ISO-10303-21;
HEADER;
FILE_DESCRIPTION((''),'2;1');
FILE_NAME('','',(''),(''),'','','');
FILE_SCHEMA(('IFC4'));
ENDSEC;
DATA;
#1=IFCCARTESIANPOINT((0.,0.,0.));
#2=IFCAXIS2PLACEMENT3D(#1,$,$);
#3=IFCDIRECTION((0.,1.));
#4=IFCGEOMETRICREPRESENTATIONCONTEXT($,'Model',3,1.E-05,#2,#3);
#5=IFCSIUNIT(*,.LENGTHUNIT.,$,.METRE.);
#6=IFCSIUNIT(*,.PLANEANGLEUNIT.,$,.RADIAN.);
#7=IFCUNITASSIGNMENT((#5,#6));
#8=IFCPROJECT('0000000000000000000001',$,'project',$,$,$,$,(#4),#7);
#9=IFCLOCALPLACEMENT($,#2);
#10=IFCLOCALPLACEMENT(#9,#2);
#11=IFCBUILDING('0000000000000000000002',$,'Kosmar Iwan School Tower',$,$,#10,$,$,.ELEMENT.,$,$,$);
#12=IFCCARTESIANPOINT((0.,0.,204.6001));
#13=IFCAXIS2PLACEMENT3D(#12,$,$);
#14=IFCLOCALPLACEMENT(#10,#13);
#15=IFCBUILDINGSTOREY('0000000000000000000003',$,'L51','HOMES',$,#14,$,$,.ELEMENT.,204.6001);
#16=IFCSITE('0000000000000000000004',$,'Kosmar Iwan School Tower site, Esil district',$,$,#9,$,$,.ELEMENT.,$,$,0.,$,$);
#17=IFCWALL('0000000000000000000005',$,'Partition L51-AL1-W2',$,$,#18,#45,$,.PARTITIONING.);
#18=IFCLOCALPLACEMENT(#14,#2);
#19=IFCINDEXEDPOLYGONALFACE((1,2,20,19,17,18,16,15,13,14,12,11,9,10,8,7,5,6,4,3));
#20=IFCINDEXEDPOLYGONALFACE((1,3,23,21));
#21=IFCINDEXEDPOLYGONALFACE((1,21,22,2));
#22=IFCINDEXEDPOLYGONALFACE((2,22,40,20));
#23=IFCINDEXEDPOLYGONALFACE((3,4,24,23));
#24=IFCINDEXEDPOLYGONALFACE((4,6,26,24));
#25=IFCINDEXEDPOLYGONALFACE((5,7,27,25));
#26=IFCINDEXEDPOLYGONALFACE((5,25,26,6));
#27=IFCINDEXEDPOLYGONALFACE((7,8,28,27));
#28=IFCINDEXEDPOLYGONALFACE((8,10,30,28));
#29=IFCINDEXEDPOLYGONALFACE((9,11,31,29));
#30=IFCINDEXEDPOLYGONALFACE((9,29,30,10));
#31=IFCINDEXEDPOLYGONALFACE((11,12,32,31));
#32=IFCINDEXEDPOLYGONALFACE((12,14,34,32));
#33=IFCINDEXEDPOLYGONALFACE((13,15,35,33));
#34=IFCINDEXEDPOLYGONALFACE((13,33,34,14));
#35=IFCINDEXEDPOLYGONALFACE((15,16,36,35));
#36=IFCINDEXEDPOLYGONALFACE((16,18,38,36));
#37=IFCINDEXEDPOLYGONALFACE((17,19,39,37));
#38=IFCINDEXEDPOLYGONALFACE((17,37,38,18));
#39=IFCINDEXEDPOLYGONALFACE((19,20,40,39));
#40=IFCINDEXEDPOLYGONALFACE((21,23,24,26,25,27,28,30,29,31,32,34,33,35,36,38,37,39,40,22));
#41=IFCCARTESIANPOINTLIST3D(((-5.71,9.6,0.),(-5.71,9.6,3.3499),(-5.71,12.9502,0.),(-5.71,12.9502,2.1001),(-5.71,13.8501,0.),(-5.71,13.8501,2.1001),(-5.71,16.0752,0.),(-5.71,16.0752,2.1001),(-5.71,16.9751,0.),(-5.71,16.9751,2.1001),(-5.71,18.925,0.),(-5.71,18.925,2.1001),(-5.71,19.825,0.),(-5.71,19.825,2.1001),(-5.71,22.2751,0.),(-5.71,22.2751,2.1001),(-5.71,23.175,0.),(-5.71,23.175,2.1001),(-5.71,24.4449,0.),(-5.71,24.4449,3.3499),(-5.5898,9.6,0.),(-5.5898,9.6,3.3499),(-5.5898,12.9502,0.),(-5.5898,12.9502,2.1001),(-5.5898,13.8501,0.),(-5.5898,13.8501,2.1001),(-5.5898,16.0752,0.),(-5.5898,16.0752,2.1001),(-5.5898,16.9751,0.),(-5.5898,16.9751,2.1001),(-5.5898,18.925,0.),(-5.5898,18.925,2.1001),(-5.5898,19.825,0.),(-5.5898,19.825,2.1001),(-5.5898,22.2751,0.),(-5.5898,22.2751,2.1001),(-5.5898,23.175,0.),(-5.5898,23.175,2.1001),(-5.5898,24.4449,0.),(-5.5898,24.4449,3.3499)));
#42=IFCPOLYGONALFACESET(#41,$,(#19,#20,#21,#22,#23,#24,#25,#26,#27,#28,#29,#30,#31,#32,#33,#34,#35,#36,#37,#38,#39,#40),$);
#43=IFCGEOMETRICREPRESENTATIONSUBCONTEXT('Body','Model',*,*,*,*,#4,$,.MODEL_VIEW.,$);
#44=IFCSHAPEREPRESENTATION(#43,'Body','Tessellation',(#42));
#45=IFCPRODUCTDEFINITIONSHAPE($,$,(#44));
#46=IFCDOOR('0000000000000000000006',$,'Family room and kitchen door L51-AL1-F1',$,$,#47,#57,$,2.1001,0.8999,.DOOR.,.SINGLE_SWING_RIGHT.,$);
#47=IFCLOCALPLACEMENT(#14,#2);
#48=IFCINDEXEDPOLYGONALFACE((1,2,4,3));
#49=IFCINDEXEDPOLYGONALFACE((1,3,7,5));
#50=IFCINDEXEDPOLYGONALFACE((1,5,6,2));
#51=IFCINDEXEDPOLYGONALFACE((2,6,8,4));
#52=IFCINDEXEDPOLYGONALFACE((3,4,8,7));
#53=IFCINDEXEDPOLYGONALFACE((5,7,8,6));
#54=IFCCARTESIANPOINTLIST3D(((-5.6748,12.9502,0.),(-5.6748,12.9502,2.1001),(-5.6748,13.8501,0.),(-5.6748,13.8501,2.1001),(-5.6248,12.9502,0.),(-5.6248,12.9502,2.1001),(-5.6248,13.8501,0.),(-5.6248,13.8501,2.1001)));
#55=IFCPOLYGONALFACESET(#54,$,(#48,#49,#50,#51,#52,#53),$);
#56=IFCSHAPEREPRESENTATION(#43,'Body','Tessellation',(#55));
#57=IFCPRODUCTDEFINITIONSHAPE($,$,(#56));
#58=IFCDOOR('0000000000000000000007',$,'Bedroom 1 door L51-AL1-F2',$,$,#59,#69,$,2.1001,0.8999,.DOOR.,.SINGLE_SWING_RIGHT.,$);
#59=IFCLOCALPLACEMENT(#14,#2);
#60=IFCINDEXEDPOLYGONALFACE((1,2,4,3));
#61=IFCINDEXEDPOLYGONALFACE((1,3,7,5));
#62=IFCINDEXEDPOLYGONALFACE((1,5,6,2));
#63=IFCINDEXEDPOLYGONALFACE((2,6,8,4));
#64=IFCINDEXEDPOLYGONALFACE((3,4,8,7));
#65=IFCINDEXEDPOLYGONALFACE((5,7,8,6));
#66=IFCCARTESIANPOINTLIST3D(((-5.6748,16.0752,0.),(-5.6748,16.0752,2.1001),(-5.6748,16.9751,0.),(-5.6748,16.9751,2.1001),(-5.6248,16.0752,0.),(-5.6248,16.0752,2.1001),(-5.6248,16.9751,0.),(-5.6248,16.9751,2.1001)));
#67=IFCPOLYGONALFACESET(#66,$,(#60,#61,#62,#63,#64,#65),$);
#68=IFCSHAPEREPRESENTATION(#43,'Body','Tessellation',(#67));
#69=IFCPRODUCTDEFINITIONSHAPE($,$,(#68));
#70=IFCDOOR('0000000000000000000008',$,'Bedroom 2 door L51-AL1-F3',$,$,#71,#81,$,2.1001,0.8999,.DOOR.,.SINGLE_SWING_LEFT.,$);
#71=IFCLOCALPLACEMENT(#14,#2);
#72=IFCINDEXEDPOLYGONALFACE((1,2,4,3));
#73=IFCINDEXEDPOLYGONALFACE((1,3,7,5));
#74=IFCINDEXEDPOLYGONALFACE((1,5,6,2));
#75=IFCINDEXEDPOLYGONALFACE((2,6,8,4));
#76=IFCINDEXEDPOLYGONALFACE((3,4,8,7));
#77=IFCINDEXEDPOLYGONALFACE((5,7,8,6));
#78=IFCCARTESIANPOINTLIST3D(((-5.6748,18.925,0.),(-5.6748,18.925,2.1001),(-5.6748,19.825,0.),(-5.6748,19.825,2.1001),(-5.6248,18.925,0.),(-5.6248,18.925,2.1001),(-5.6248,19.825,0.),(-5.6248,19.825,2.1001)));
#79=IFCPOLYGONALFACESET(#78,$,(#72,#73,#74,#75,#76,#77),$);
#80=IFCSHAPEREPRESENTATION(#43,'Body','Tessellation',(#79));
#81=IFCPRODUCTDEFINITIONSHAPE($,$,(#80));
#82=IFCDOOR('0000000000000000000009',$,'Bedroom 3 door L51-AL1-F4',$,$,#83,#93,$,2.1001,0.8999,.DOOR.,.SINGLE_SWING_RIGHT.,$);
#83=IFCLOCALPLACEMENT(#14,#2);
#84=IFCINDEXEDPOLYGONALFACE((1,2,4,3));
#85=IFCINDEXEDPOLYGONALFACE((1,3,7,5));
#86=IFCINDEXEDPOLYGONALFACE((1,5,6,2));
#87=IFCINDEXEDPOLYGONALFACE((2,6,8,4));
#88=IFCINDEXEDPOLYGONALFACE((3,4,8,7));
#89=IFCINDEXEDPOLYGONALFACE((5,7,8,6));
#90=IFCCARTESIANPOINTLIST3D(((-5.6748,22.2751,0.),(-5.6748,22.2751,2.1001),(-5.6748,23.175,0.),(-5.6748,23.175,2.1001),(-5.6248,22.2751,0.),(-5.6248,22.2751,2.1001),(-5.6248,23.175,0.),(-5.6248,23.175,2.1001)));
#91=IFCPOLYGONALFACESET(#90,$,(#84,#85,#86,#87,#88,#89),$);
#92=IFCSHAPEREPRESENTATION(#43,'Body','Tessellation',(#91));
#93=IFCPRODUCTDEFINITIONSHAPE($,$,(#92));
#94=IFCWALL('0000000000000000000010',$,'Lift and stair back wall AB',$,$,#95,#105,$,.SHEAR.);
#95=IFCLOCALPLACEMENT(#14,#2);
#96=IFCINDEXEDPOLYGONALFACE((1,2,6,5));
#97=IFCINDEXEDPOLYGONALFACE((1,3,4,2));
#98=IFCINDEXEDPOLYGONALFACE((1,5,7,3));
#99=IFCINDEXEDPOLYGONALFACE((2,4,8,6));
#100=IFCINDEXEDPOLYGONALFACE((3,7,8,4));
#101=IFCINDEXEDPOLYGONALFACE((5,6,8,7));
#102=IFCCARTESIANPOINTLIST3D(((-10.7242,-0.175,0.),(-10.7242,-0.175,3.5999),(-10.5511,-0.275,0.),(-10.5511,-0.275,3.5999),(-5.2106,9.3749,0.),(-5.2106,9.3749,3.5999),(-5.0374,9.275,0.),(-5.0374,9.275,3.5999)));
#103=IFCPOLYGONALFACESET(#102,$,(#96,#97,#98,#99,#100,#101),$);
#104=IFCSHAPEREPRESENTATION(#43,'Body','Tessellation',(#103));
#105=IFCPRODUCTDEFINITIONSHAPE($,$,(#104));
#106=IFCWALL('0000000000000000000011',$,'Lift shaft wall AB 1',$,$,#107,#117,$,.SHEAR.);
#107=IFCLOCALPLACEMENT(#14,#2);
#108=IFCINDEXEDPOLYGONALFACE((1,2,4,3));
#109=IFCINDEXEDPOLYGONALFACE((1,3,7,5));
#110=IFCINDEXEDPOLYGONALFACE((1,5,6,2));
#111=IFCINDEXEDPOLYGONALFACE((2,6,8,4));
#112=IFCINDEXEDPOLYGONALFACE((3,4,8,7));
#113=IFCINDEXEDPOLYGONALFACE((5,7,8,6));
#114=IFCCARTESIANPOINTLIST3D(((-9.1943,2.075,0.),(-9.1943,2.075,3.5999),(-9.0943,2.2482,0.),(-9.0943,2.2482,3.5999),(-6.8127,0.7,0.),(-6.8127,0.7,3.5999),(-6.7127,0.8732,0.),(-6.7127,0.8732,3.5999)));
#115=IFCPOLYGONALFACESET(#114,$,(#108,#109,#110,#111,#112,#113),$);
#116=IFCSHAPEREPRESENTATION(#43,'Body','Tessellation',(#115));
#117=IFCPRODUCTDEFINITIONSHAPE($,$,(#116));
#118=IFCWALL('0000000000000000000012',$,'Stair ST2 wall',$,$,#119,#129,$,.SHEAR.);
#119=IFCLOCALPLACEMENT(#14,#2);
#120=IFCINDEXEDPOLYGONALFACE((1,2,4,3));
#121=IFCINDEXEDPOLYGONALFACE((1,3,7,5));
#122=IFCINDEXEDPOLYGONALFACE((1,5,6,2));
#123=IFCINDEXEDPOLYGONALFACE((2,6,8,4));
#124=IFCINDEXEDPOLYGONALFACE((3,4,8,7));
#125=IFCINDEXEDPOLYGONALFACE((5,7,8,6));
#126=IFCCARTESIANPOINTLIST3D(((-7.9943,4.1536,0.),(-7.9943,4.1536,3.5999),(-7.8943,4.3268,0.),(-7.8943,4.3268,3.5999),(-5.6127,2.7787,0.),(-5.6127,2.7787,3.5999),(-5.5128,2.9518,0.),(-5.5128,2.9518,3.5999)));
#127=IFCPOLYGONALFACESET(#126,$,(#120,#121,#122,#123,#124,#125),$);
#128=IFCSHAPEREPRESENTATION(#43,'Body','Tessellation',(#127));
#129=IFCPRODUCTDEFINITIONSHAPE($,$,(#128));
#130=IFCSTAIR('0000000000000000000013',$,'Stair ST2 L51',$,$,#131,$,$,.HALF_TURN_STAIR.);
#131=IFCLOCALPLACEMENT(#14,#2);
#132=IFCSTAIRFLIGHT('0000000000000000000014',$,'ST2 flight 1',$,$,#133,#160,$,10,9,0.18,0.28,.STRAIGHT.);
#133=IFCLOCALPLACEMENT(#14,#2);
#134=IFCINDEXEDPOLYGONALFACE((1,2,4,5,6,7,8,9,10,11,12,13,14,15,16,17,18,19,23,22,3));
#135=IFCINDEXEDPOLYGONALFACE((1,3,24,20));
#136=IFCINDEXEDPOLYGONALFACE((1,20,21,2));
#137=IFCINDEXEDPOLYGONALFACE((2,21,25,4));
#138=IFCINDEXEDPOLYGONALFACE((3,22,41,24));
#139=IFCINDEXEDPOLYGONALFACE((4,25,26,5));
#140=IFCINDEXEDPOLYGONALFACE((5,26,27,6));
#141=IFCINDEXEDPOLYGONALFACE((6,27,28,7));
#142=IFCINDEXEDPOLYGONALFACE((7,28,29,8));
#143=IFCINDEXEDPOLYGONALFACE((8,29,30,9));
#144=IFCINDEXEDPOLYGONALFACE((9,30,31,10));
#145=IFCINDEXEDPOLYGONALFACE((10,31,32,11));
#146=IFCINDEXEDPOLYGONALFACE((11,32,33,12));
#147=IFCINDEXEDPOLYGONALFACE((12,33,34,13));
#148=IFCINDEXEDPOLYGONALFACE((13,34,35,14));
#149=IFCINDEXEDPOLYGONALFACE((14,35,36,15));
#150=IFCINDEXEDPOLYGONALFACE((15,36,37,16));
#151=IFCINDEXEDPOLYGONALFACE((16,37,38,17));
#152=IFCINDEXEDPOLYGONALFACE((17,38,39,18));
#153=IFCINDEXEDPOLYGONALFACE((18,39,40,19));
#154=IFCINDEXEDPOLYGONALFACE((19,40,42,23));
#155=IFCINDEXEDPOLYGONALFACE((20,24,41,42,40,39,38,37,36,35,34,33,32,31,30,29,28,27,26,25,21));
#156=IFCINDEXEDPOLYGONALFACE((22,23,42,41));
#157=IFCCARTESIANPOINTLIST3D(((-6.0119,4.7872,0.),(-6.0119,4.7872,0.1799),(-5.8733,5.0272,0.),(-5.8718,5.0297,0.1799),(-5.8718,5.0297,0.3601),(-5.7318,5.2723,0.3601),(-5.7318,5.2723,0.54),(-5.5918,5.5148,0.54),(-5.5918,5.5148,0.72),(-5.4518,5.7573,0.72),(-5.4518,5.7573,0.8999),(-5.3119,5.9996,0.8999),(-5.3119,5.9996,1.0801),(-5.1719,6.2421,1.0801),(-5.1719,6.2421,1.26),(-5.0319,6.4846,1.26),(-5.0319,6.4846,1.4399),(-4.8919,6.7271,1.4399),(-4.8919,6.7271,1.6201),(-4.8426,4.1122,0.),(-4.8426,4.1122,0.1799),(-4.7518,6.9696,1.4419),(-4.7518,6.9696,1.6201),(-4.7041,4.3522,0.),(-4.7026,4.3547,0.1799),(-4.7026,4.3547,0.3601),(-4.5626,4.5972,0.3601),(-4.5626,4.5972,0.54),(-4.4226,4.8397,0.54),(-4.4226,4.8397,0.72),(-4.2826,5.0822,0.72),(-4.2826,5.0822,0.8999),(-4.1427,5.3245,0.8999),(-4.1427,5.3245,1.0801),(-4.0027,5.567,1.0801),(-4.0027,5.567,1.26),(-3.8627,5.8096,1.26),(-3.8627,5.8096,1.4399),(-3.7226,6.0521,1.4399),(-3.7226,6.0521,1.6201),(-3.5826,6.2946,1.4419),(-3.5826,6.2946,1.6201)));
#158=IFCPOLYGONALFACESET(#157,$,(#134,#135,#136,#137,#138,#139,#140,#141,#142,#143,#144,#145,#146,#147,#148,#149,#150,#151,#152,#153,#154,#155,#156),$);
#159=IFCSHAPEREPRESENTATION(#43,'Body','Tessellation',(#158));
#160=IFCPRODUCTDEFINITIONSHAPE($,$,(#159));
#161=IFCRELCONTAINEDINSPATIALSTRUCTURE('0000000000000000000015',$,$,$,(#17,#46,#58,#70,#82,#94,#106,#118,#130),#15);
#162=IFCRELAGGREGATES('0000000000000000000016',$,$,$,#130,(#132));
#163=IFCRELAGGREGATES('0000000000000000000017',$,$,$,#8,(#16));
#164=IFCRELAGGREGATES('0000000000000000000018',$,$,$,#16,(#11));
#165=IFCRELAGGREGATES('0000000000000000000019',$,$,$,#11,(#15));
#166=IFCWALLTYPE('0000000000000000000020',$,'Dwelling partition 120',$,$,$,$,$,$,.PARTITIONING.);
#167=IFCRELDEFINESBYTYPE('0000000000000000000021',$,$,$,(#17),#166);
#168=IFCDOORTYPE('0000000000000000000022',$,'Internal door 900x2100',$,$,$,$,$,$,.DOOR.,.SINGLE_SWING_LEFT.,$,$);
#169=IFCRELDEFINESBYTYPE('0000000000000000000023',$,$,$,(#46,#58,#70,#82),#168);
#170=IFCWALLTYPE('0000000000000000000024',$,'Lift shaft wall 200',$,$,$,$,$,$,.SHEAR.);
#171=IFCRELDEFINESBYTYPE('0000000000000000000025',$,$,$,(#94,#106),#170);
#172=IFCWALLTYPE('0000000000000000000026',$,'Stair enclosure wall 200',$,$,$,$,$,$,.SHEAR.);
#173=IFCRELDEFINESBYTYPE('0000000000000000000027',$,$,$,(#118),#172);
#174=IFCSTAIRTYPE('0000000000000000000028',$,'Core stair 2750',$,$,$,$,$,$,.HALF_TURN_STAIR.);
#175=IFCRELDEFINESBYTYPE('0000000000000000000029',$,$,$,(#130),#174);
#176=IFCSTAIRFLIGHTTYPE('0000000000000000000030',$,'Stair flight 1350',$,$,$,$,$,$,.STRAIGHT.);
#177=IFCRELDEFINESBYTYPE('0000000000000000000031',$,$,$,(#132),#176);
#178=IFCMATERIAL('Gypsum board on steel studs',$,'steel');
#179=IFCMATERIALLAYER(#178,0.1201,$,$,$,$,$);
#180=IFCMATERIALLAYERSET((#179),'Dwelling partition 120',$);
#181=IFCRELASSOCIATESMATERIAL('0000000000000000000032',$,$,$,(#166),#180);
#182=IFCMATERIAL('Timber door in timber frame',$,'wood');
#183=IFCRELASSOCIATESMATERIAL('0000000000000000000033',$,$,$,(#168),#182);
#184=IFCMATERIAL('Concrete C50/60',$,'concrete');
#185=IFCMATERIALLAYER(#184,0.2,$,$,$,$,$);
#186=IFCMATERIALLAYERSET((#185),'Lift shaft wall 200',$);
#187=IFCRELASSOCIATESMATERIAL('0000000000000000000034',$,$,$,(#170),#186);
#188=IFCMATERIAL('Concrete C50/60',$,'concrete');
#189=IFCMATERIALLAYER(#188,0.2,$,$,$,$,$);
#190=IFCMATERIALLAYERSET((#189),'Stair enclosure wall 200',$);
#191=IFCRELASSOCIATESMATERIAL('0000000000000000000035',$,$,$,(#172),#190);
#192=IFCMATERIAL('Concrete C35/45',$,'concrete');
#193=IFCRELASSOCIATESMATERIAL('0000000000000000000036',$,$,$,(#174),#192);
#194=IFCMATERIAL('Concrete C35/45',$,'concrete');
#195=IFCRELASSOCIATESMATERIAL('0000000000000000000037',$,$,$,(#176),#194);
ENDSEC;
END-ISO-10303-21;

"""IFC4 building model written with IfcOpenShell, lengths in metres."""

from ifc_helpers import new_model, si_unit, direction, frame, frame_2d, origin, place, context, subcontext, project, spatial, polyline, rectangle, outline, extrude, material, layer, layer_set, type_object, element, fill, aggregate, save


model = new_model("IFC4")

# Units and contexts
model_context = context("Model", 3, precision=1e-05, world=origin(), true_north=direction((0.0, 1.0)))
body_context = subcontext(model_context, "Body", "Model", "MODEL_VIEW")
ifc_project = project(units=[si_unit("LENGTHUNIT", "METRE"), si_unit("PLANEANGLEUNIT", "RADIAN")], contexts=[model_context])

# Site, building, storey
site_placement = place(None, origin())
site = spatial("IfcSite", under=ifc_project, at=site_placement, Name="Kosmar Iwan School Tower site, Esil district", CompositionType="ELEMENT", RefElevation=0.0)
building_placement = place(site_placement, origin())
building = spatial("IfcBuilding", under=site, at=building_placement, Name="Kosmar Iwan School Tower", CompositionType="ELEMENT")
storey_placement = place(building_placement, frame((0.0, 0.0, 204.6001)))
storey = spatial("IfcBuildingStorey", under=building, at=storey_placement, Name="L51", Description="HOMES", CompositionType="ELEMENT", Elevation=204.6001)

# Wall, openings, doors
ifc_material_1 = material(Name="Gypsum board on steel studs", Category="steel")
ifc_layer_1 = layer(ifc_material_1, 0.1201)
ifc_layer_set_1 = layer_set([ifc_layer_1], Name="Dwelling partition 120")
wall_type_1 = type_object("IfcWallType", Name="Dwelling partition 120", PredefinedType="PARTITIONING", material=ifc_layer_set_1)
ifc_material_2 = material(Name="Timber door in timber frame", Category="wood")
door_type_1 = type_object("IfcDoorType", Name="Internal door 900x2100", OperationType="SINGLE_SWING_LEFT", PredefinedType="DOOR", material=ifc_material_2)
wall_1_placement = place(storey_placement, frame((-5.6499, 9.6001, 0.0), z_axis=(0.0, 0.0, 1.0), x_axis=(0.0, 1.0, 0.0)))
wall_1 = element("IfcWall", 1, at=wall_1_placement, inside=storey, type_object=wall_type_1, Name="Partition L51-AL1-W2", PredefinedType="PARTITIONING", context=body_context, shape_type="SweptSolid", body=[
    extrude(rectangle(XDim=14.845, YDim=0.1201, at=frame_2d((7.4224, 0.0))), origin(), (0.0, 0.0, 1.0), 3.3499),
])
opening_1_placement = place(wall_1_placement, frame((3.3501, 0.0, 0.0)))
opening_1 = element("IfcOpeningElement", 2, at=opening_1_placement, cuts=wall_1, PredefinedType="OPENING", context=body_context, shape_type="SweptSolid", body=[
    extrude(rectangle(XDim=0.8999, YDim=2.1001, at=frame_2d((0.45, 1.05))), frame((0.0, 0.072, 0.0), z_axis=(0.0, -1.0, 0.0), x_axis=(1.0, 0.0, 0.0)), (0.0, 0.0, 1.0), 0.144),
])
opening_2_placement = place(wall_1_placement, frame((6.4751, 0.0, 0.0)))
opening_2 = element("IfcOpeningElement", 3, at=opening_2_placement, cuts=wall_1, PredefinedType="OPENING", context=body_context, shape_type="SweptSolid", body=[
    extrude(rectangle(XDim=0.8999, YDim=2.1001, at=frame_2d((0.45, 1.05))), frame((0.0, 0.072, 0.0), z_axis=(0.0, -1.0, 0.0), x_axis=(1.0, 0.0, 0.0)), (0.0, 0.0, 1.0), 0.144),
])
opening_3_placement = place(wall_1_placement, frame((9.325, 0.0, 0.0)))
opening_3 = element("IfcOpeningElement", 4, at=opening_3_placement, cuts=wall_1, PredefinedType="OPENING", context=body_context, shape_type="SweptSolid", body=[
    extrude(rectangle(XDim=0.8999, YDim=2.1001, at=frame_2d((0.45, 1.05))), frame((0.0, 0.072, 0.0), z_axis=(0.0, -1.0, 0.0), x_axis=(1.0, 0.0, 0.0)), (0.0, 0.0, 1.0), 0.144),
])
opening_4_placement = place(wall_1_placement, frame((12.675, 0.0, 0.0)))
opening_4 = element("IfcOpeningElement", 5, at=opening_4_placement, cuts=wall_1, PredefinedType="OPENING", context=body_context, shape_type="SweptSolid", body=[
    extrude(rectangle(XDim=0.8999, YDim=2.1001, at=frame_2d((0.45, 1.05))), frame((0.0, 0.072, 0.0), z_axis=(0.0, -1.0, 0.0), x_axis=(1.0, 0.0, 0.0)), (0.0, 0.0, 1.0), 0.144),
])
door_1_placement = place(opening_1_placement, origin())
door_1 = element("IfcDoor", 6, at=door_1_placement, inside=storey, type_object=door_type_1, Name="Family room and kitchen door L51-AL1-F1", OperationType="SINGLE_SWING_RIGHT", OverallHeight=2.1001, OverallWidth=0.8999, PredefinedType="DOOR", context=body_context, shape_type="SweptSolid", body=[
    extrude(rectangle(XDim=0.8999, YDim=2.1001, at=frame_2d((0.45, 1.05))), frame((0.0, 0.0249, 0.0), z_axis=(0.0, -1.0, 0.0), x_axis=(1.0, 0.0, 0.0)), (0.0, 0.0, 1.0), 0.05),
])
fill(opening_1, door_1)
door_2_placement = place(opening_2_placement, origin())
door_2 = element("IfcDoor", 7, at=door_2_placement, inside=storey, type_object=door_type_1, Name="Bedroom 1 door L51-AL1-F2", OperationType="SINGLE_SWING_RIGHT", OverallHeight=2.1001, OverallWidth=0.8999, PredefinedType="DOOR", context=body_context, shape_type="SweptSolid", body=[
    extrude(rectangle(XDim=0.8999, YDim=2.1001, at=frame_2d((0.45, 1.05))), frame((0.0, 0.0249, 0.0), z_axis=(0.0, -1.0, 0.0), x_axis=(1.0, 0.0, 0.0)), (0.0, 0.0, 1.0), 0.05),
])
fill(opening_2, door_2)
door_3_placement = place(opening_3_placement, origin())
door_3 = element("IfcDoor", 8, at=door_3_placement, inside=storey, type_object=door_type_1, Name="Bedroom 2 door L51-AL1-F3", OperationType="SINGLE_SWING_LEFT", OverallHeight=2.1001, OverallWidth=0.8999, PredefinedType="DOOR", context=body_context, shape_type="SweptSolid", body=[
    extrude(rectangle(XDim=0.8999, YDim=2.1001, at=frame_2d((0.45, 1.05))), frame((0.0, 0.0249, 0.0), z_axis=(0.0, -1.0, 0.0), x_axis=(1.0, 0.0, 0.0)), (0.0, 0.0, 1.0), 0.05),
])
fill(opening_3, door_3)
door_4_placement = place(opening_4_placement, origin())
door_4 = element("IfcDoor", 9, at=door_4_placement, inside=storey, type_object=door_type_1, Name="Bedroom 3 door L51-AL1-F4", OperationType="SINGLE_SWING_RIGHT", OverallHeight=2.1001, OverallWidth=0.8999, PredefinedType="DOOR", context=body_context, shape_type="SweptSolid", body=[
    extrude(rectangle(XDim=0.8999, YDim=2.1001, at=frame_2d((0.45, 1.05))), frame((0.0, 0.0249, 0.0), z_axis=(0.0, -1.0, 0.0), x_axis=(1.0, 0.0, 0.0)), (0.0, 0.0, 1.0), 0.05),
])
fill(opening_4, door_4)

# Walls
ifc_material_3 = material(Name="Concrete C50/60", Category="concrete")
ifc_layer_2 = layer(ifc_material_3, 0.2)
ifc_layer_set_2 = layer_set([ifc_layer_2], Name="Lift shaft wall 200")
wall_type_2 = type_object("IfcWallType", Name="Lift shaft wall 200", PredefinedType="SHEAR", material=ifc_layer_set_2)
wall_2_placement = place(storey_placement, frame((-5.124, 9.325, 0.0), z_axis=(0.0, 0.0, 1.0), x_axis=(-0.499997, -0.866027, 0.0)))
element("IfcWall", 10, at=wall_2_placement, inside=storey, type_object=wall_type_2, Name="Lift and stair back wall AB", PredefinedType="SHEAR", context=body_context, shape_type="SweptSolid", body=[
    extrude(rectangle(XDim=11.0273, YDim=0.2, at=frame_2d((5.5137, 0.0))), origin(), (0.0, 0.0, 1.0), 3.5999),
])
wall_3_placement = place(storey_placement, frame((-6.7627, 0.7866, 0.0), z_axis=(0.0, 0.0, 1.0), x_axis=(-0.866027, 0.499997, 0.0)))
element("IfcWall", 11, at=wall_3_placement, inside=storey, type_object=wall_type_2, Name="Lift shaft wall AB 1", PredefinedType="SHEAR", context=body_context, shape_type="SweptSolid", body=[
    extrude(rectangle(XDim=2.75, YDim=0.2, at=frame_2d((1.375, 0.0))), origin(), (0.0, 0.0, 1.0), 3.5999),
])
ifc_material_4 = material(Name="Concrete C50/60", Category="concrete")
ifc_layer_3 = layer(ifc_material_4, 0.2)
ifc_layer_set_3 = layer_set([ifc_layer_3], Name="Stair enclosure wall 200")
wall_type_3 = type_object("IfcWallType", Name="Stair enclosure wall 200", PredefinedType="SHEAR", material=ifc_layer_set_3)
wall_4_placement = place(storey_placement, frame((-5.5627, 2.8652, 0.0), z_axis=(0.0, 0.0, 1.0), x_axis=(-0.866027, 0.499997, 0.0)))
element("IfcWall", 12, at=wall_4_placement, inside=storey, type_object=wall_type_3, Name="Stair ST2 wall", PredefinedType="SHEAR", context=body_context, shape_type="SweptSolid", body=[
    extrude(rectangle(XDim=2.75, YDim=0.2, at=frame_2d((1.375, 0.0))), origin(), (0.0, 0.0, 1.0), 3.5999),
])

# Stair, stair flight
ifc_material_5 = material(Name="Concrete C35/45", Category="concrete")
stair_type = type_object("IfcStairType", Name="Core stair 2750", PredefinedType="HALF_TURN_STAIR", material=ifc_material_5)
stair_placement = place(storey_placement, origin())
stair = element("IfcStair", 13, at=stair_placement, inside=storey, type_object=stair_type, Name="Stair ST2 L51", PredefinedType="HALF_TURN_STAIR")
ifc_material_6 = material(Name="Concrete C35/45", Category="concrete")
stair_flight_type = type_object("IfcStairFlightType", Name="Stair flight 1350", PredefinedType="STRAIGHT", material=ifc_material_6)
stair_flight_1_placement = place(storey_placement, frame((-5.4272, 4.4497, 0.0), z_axis=(0.0, 0.0, 1.0), x_axis=(0.5, 0.866025, 0.0)))
stair_flight_1 = element("IfcStairFlight", 14, at=stair_flight_1_placement, type_object=stair_flight_type, Name="ST2 flight 1", NumberOfRisers=10, NumberOfTreads=9, PredefinedType="STRAIGHT", RiserHeight=0.18, TreadLength=0.28, context=body_context, shape_type="SweptSolid", body=[
    extrude(outline(polyline([(0.0, 0.0), (0.0, 0.1799), (0.28, 0.1799), (0.28, 0.3601), (0.5601, 0.3601), (0.5601, 0.54), (0.8401, 0.54), (0.8401, 0.72), (1.1201, 0.72), (1.1201, 0.8999), (1.3999, 0.8999), (1.3999, 1.0801), (1.6799, 1.0801), (1.6799, 1.26), (1.96, 1.26), (1.96, 1.4399), (2.24, 1.4399), (2.24, 1.6201), (2.52, 1.6201), (2.52, 1.8), (2.52, 1.4419), (0.2771, 0.0), (0.0, 0.0)])), frame((0.0, 0.675, 0.0), z_axis=(0.0, -1.0, 0.0), x_axis=(1.0, 0.0, 0.0)), (0.0, 0.0, 1.0), 1.3501),
])
aggregate(stair, [stair_flight_1])

save(model, "model.ifc")
